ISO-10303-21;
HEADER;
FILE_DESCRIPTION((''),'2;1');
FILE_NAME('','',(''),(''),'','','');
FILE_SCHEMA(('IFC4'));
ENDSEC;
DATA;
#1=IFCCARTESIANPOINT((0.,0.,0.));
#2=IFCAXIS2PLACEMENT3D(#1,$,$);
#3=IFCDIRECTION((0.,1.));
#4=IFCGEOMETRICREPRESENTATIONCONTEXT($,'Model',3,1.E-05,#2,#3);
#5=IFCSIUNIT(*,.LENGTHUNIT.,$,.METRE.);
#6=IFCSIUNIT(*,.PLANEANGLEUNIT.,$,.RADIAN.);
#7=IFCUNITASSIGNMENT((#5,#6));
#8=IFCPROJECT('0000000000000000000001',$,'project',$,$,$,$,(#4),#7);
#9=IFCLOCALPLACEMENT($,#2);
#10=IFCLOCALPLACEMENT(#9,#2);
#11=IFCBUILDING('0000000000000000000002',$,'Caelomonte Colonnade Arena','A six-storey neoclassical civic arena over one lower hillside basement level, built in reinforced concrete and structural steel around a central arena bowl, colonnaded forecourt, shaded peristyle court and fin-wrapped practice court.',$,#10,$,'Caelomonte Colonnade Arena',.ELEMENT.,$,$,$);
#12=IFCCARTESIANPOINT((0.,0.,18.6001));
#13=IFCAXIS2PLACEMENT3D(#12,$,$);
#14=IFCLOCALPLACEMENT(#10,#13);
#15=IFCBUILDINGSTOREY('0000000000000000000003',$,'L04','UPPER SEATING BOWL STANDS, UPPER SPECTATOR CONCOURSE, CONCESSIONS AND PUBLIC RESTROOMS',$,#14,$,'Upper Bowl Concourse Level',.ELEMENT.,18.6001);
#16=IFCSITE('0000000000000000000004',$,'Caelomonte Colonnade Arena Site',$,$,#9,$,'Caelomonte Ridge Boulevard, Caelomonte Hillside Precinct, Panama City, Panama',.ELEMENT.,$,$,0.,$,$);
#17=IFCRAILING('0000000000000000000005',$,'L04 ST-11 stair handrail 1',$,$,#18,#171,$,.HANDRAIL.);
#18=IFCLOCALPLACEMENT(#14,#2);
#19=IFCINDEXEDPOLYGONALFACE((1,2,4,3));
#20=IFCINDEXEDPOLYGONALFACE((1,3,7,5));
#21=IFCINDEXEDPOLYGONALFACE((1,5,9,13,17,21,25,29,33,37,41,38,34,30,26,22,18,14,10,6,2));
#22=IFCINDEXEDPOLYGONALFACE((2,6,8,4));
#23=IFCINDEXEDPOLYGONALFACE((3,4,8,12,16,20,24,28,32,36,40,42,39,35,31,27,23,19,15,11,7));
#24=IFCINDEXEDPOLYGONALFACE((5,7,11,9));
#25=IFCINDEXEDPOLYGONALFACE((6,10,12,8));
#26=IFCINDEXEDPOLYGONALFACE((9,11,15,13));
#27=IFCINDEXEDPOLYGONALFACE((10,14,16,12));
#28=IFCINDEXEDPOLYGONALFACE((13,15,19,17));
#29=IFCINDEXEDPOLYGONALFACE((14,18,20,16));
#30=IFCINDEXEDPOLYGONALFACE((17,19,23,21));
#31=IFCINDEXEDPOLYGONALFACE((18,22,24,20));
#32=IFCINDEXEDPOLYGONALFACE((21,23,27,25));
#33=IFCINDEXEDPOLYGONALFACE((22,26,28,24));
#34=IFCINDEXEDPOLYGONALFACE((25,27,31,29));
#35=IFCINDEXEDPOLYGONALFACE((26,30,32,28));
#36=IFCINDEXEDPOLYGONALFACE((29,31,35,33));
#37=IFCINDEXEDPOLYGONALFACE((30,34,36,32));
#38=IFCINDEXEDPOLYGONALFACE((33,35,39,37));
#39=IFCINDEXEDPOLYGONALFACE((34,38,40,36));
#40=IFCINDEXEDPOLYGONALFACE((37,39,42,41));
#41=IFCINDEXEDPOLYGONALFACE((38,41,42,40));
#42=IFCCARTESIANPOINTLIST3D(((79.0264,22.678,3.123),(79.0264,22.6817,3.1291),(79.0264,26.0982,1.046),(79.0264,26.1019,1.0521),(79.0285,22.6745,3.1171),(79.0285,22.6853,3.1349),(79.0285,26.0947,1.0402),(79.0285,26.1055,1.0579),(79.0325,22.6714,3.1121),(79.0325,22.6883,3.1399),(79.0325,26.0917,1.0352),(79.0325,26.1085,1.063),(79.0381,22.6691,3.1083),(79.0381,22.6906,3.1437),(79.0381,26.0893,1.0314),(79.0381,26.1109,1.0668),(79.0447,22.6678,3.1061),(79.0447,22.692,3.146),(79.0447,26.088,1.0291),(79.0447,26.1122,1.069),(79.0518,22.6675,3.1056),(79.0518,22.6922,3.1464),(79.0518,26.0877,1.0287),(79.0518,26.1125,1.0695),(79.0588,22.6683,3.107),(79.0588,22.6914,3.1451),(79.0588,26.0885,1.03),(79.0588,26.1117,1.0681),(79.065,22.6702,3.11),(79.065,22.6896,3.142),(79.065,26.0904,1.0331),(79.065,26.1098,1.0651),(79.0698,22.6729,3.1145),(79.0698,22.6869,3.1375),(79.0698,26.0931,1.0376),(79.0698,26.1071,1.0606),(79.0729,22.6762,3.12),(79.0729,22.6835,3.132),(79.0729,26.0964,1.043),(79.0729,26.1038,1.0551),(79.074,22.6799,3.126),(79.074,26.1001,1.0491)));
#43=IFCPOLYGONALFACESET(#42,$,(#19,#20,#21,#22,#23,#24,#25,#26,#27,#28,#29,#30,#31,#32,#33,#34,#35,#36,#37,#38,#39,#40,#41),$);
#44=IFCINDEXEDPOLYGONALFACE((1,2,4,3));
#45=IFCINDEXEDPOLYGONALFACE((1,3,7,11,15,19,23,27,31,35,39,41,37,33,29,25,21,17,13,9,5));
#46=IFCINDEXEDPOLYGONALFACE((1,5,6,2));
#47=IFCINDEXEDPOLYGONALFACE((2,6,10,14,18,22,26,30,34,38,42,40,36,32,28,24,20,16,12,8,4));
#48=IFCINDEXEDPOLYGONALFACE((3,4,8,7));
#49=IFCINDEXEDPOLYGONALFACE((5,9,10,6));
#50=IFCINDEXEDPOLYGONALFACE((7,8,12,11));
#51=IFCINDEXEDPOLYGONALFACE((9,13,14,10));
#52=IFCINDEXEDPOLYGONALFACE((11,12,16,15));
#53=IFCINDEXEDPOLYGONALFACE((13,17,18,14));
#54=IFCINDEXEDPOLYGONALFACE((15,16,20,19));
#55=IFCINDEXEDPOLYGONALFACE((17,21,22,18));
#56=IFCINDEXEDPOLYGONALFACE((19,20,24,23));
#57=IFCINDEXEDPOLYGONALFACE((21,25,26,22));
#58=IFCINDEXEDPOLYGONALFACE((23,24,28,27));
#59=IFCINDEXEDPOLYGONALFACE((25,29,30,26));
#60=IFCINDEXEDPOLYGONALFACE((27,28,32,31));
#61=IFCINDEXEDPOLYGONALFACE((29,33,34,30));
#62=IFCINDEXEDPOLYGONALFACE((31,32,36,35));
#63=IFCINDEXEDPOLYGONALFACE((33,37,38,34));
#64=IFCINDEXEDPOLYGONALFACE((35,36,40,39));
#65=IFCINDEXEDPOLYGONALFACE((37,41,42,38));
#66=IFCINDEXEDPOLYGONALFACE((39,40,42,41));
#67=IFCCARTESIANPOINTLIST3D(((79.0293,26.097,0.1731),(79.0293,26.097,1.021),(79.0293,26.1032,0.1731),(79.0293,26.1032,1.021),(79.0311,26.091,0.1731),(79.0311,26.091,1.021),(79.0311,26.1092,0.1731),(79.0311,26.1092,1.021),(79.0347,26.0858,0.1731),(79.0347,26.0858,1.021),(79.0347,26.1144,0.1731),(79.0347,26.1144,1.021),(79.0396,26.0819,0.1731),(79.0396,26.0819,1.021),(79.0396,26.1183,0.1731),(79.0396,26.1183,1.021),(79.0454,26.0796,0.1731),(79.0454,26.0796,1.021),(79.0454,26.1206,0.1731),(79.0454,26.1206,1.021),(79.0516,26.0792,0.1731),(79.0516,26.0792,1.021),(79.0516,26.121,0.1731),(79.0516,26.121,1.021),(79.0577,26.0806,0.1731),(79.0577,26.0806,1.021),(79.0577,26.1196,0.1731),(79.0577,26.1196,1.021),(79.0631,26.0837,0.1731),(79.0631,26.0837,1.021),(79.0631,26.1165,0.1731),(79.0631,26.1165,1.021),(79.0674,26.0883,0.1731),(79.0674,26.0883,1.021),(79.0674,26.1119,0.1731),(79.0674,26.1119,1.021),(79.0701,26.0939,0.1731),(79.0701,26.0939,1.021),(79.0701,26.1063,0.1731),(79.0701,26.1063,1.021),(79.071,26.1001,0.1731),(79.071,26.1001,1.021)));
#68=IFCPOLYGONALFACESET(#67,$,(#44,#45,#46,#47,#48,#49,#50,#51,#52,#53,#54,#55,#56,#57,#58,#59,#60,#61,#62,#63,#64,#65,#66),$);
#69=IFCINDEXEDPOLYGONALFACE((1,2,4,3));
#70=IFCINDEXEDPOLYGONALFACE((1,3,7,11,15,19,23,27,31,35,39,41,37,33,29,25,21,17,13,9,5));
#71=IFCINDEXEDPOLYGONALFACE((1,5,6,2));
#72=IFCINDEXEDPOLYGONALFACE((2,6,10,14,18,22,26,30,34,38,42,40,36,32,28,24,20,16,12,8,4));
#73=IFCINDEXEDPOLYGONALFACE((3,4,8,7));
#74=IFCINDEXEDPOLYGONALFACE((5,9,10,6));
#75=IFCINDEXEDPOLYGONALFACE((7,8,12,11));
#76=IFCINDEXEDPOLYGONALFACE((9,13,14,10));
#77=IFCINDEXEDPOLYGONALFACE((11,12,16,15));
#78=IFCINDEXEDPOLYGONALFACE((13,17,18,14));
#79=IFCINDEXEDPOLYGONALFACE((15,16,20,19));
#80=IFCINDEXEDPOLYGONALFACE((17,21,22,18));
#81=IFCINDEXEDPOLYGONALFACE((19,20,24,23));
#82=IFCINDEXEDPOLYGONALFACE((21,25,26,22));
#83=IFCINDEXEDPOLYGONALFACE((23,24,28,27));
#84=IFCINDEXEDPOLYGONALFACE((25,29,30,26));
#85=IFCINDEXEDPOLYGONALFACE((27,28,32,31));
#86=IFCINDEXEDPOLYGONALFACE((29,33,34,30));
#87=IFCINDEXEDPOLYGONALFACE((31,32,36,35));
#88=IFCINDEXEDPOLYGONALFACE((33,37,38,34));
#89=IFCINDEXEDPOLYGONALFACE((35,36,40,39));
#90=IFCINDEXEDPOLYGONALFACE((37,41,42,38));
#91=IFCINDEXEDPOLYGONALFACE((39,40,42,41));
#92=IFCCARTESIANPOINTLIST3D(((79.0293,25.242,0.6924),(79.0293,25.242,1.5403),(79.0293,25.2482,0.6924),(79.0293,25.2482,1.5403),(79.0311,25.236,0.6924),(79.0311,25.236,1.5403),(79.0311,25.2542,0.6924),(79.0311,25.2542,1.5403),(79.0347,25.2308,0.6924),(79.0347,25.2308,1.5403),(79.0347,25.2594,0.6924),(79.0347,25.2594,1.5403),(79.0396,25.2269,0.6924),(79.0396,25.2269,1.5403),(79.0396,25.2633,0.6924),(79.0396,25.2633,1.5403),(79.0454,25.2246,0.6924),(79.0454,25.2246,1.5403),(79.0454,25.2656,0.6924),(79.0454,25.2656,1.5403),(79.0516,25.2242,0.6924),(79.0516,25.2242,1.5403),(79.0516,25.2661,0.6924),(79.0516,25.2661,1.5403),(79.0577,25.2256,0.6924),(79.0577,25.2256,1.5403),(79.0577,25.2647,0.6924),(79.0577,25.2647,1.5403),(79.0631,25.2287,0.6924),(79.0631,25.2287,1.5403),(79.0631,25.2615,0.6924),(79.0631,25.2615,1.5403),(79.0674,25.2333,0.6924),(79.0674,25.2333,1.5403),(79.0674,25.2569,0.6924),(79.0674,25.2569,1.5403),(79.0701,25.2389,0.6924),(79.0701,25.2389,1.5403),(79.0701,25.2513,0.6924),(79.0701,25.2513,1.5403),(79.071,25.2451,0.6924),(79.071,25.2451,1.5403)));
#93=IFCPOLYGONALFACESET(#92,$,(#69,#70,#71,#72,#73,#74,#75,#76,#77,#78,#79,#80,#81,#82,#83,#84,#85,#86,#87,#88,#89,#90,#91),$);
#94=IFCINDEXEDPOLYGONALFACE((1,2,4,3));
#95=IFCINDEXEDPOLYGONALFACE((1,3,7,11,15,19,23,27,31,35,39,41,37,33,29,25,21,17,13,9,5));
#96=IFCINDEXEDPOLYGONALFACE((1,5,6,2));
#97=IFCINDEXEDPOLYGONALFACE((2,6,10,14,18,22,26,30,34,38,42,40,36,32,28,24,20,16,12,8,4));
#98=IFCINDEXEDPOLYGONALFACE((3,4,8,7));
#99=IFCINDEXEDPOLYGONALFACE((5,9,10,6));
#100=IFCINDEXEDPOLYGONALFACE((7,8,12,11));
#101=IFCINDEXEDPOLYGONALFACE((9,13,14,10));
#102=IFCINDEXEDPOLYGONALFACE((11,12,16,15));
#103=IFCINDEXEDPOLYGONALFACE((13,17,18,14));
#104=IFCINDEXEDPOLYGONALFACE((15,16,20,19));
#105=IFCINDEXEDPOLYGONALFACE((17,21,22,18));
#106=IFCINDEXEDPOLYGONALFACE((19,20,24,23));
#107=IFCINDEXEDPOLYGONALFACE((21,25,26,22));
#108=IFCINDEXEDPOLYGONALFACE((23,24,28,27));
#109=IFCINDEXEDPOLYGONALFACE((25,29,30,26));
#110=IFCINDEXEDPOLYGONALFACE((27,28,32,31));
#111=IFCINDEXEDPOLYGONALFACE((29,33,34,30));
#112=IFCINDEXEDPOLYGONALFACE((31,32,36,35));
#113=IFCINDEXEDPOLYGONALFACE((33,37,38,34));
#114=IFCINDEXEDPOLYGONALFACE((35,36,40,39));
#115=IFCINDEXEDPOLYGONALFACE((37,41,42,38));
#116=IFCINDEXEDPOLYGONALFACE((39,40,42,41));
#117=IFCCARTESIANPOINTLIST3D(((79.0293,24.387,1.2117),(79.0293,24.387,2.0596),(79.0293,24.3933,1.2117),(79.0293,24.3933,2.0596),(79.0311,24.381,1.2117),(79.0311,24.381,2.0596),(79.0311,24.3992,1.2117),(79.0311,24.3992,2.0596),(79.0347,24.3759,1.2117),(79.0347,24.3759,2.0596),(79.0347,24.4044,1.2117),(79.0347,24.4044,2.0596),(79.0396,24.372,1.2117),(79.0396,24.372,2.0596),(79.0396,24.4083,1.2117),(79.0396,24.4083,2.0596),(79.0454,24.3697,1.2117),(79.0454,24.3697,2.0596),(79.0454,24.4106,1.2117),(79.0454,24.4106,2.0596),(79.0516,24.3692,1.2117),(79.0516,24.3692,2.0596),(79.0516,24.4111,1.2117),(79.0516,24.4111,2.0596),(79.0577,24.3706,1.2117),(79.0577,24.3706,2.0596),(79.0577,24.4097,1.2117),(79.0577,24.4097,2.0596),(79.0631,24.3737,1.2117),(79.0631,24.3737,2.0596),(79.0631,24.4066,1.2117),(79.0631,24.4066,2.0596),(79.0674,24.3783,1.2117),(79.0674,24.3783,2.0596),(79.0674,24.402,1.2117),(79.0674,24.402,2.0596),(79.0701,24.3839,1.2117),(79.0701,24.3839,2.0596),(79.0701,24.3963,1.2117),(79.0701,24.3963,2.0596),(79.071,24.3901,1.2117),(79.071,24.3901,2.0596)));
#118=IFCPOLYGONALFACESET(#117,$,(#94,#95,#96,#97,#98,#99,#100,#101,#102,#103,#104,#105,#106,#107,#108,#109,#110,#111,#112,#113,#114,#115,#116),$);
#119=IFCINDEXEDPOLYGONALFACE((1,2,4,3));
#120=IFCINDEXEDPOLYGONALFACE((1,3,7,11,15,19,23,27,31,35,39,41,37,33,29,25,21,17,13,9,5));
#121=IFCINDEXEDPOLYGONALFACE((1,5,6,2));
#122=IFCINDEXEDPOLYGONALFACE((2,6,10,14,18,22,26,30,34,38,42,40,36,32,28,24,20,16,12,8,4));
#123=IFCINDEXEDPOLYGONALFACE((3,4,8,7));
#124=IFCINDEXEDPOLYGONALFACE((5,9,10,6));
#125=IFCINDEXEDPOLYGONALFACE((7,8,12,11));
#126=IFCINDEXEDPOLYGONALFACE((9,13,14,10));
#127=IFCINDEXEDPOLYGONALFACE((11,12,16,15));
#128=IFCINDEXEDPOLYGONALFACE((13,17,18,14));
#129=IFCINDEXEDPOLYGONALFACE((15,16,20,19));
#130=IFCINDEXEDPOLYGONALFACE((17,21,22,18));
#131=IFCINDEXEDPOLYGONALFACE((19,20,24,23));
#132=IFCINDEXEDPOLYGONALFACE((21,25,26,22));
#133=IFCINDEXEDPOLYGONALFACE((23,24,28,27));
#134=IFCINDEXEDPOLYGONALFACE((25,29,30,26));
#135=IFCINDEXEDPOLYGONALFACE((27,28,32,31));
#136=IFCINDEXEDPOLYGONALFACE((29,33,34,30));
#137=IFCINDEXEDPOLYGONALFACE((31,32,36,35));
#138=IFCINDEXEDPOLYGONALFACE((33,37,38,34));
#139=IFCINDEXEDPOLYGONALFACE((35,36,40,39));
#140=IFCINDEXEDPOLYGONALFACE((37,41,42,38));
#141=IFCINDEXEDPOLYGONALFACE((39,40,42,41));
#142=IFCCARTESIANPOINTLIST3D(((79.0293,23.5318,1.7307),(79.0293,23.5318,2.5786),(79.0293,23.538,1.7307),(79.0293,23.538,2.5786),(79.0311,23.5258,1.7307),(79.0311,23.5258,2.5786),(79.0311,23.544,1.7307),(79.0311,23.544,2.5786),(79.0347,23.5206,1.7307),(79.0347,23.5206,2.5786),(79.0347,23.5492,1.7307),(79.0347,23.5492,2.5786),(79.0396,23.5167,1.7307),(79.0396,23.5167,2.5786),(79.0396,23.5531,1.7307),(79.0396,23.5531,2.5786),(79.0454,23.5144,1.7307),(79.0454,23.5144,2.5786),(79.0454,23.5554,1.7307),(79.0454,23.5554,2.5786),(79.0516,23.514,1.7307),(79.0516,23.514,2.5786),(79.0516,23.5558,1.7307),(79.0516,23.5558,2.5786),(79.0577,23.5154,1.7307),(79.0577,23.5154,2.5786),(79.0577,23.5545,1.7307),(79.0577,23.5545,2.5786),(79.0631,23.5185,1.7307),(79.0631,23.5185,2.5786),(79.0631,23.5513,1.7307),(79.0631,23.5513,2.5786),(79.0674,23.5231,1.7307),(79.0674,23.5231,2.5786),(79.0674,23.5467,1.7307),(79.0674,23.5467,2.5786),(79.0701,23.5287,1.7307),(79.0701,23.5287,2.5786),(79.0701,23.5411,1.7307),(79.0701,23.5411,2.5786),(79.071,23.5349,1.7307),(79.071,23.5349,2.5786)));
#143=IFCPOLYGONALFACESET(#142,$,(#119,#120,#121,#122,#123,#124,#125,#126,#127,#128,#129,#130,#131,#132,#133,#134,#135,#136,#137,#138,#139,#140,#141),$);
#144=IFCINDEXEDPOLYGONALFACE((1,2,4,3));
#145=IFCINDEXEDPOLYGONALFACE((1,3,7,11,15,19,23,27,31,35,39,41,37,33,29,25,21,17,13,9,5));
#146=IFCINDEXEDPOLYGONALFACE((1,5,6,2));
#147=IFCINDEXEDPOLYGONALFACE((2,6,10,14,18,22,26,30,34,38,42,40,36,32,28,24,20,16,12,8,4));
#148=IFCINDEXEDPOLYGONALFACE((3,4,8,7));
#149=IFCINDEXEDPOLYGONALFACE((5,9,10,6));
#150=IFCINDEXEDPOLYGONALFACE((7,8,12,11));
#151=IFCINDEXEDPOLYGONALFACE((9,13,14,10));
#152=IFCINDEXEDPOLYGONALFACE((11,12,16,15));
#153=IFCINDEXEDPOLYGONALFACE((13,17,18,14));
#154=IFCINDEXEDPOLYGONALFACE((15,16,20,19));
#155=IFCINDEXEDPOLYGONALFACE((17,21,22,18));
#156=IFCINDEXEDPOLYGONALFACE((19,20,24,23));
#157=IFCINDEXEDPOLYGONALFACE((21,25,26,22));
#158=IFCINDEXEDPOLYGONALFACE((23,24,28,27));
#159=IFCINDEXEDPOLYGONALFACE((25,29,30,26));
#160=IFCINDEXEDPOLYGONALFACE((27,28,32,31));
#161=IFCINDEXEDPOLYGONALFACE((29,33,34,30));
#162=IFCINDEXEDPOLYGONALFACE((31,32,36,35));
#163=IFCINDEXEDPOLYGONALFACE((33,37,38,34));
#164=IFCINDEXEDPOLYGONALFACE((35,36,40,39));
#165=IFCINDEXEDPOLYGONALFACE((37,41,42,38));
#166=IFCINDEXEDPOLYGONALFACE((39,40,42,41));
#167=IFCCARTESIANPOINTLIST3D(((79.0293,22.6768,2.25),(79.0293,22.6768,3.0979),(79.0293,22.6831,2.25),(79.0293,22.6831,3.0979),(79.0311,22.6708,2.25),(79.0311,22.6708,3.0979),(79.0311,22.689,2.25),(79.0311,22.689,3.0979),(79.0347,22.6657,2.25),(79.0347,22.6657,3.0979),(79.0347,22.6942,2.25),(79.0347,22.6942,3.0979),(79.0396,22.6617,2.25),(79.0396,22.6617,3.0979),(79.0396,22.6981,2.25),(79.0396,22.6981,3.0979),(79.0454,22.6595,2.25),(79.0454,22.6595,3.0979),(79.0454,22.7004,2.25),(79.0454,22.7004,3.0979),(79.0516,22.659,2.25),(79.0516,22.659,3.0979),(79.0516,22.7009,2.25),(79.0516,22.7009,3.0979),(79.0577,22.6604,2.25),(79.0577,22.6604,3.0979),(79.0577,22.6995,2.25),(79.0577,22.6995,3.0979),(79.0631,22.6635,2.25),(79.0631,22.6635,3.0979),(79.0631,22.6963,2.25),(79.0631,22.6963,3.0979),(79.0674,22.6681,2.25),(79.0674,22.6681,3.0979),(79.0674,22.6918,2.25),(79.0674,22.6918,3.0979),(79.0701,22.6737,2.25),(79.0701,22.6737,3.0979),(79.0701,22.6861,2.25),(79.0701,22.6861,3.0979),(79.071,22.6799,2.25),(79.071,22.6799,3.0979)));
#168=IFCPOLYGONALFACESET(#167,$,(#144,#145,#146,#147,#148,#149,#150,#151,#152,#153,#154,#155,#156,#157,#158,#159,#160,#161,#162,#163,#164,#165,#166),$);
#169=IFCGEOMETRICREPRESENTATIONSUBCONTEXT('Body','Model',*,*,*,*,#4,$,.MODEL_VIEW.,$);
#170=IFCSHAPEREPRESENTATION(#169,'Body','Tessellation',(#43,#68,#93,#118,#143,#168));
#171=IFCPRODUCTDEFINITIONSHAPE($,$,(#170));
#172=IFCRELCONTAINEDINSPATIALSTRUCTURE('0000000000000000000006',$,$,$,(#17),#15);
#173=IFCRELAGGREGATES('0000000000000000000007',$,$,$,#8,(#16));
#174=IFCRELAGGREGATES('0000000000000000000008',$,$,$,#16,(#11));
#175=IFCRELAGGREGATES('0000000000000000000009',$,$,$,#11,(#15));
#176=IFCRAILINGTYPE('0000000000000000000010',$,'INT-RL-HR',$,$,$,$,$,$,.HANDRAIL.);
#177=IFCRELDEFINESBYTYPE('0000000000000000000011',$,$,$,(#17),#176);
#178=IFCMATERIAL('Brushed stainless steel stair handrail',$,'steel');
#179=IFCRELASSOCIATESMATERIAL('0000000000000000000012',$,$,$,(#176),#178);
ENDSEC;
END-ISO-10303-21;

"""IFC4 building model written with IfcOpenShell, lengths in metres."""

from ifc_helpers import new_model, si_unit, direction, frame, origin, origin_2d, place, context, subcontext, project, spatial, circle, extrude, material, type_object, element, save


model = new_model("IFC4")

# Units and contexts
model_context = context("Model", 3, precision=1e-05, world=origin(), true_north=direction((0.0, 1.0)))
body_context = subcontext(model_context, "Body", "Model", "MODEL_VIEW")
ifc_project = project(units=[si_unit("LENGTHUNIT", "METRE"), si_unit("PLANEANGLEUNIT", "RADIAN")], contexts=[model_context])

# Site, building, storey
site_placement = place(None, origin())
site = spatial("IfcSite", under=ifc_project, at=site_placement, Name="Caelomonte Colonnade Arena Site", LongName="Caelomonte Ridge Boulevard, Caelomonte Hillside Precinct, Panama City, Panama", CompositionType="ELEMENT", RefElevation=0.0)
building_placement = place(site_placement, origin())
building = spatial("IfcBuilding", under=site, at=building_placement, Name="Caelomonte Colonnade Arena", Description="A six-storey neoclassical civic arena over one lower hillside basement level, built in reinforced concrete and structural steel around a central arena bowl, colonnaded forecourt, shaded peristyle court and fin-wrapped practice court.", LongName="Caelomonte Colonnade Arena", CompositionType="ELEMENT")
storey_placement = place(building_placement, frame((0.0, 0.0, 18.6001)))
storey = spatial("IfcBuildingStorey", under=building, at=storey_placement, Name="L04", Description="UPPER SEATING BOWL STANDS, UPPER SPECTATOR CONCOURSE, CONCESSIONS AND PUBLIC RESTROOMS", LongName="Upper Bowl Concourse Level", CompositionType="ELEMENT", Elevation=18.6001)

# Railing
ifc_material_1 = material(Name="Brushed stainless steel stair handrail", Category="steel")
railing_type_1 = type_object("IfcRailingType", Name="INT-RL-HR", PredefinedType="HANDRAIL", material=ifc_material_1)
railing_1_placement = place(storey_placement, frame((79.05, 26.1001, 0.1731)))
element("IfcRailing", 1, at=railing_1_placement, inside=storey, type_object=railing_type_1, Name="L04 ST-11 stair handrail 1", PredefinedType="HANDRAIL", context=body_context, shape_type="SweptSolid", body=[
    extrude(circle(Radius=0.0239, at=origin_2d()), frame((0.0, 0.0, 0.876), z_axis=(0.0, -0.854746, 0.519047), x_axis=(1.0, 0.0, 0.0)), (0.0, 0.0, 1.0), 4.0015),
    extrude(circle(Radius=0.021, at=origin_2d()), origin(), (0.0, 0.0, 1.0), 0.8479),
    extrude(circle(Radius=0.021, at=origin_2d()), frame((0.0, -0.855, 0.5193)), (0.0, 0.0, 1.0), 0.8479),
    extrude(circle(Radius=0.021, at=origin_2d()), frame((0.0, -1.71, 1.0386)), (0.0, 0.0, 1.0), 0.8479),
    extrude(circle(Radius=0.021, at=origin_2d()), frame((0.0, -2.5652, 1.5576)), (0.0, 0.0, 1.0), 0.8479),
    extrude(circle(Radius=0.021, at=origin_2d()), frame((0.0, -3.4202, 2.0769)), (0.0, 0.0, 1.0), 0.8479),
])

save(model, "model.ifc")
